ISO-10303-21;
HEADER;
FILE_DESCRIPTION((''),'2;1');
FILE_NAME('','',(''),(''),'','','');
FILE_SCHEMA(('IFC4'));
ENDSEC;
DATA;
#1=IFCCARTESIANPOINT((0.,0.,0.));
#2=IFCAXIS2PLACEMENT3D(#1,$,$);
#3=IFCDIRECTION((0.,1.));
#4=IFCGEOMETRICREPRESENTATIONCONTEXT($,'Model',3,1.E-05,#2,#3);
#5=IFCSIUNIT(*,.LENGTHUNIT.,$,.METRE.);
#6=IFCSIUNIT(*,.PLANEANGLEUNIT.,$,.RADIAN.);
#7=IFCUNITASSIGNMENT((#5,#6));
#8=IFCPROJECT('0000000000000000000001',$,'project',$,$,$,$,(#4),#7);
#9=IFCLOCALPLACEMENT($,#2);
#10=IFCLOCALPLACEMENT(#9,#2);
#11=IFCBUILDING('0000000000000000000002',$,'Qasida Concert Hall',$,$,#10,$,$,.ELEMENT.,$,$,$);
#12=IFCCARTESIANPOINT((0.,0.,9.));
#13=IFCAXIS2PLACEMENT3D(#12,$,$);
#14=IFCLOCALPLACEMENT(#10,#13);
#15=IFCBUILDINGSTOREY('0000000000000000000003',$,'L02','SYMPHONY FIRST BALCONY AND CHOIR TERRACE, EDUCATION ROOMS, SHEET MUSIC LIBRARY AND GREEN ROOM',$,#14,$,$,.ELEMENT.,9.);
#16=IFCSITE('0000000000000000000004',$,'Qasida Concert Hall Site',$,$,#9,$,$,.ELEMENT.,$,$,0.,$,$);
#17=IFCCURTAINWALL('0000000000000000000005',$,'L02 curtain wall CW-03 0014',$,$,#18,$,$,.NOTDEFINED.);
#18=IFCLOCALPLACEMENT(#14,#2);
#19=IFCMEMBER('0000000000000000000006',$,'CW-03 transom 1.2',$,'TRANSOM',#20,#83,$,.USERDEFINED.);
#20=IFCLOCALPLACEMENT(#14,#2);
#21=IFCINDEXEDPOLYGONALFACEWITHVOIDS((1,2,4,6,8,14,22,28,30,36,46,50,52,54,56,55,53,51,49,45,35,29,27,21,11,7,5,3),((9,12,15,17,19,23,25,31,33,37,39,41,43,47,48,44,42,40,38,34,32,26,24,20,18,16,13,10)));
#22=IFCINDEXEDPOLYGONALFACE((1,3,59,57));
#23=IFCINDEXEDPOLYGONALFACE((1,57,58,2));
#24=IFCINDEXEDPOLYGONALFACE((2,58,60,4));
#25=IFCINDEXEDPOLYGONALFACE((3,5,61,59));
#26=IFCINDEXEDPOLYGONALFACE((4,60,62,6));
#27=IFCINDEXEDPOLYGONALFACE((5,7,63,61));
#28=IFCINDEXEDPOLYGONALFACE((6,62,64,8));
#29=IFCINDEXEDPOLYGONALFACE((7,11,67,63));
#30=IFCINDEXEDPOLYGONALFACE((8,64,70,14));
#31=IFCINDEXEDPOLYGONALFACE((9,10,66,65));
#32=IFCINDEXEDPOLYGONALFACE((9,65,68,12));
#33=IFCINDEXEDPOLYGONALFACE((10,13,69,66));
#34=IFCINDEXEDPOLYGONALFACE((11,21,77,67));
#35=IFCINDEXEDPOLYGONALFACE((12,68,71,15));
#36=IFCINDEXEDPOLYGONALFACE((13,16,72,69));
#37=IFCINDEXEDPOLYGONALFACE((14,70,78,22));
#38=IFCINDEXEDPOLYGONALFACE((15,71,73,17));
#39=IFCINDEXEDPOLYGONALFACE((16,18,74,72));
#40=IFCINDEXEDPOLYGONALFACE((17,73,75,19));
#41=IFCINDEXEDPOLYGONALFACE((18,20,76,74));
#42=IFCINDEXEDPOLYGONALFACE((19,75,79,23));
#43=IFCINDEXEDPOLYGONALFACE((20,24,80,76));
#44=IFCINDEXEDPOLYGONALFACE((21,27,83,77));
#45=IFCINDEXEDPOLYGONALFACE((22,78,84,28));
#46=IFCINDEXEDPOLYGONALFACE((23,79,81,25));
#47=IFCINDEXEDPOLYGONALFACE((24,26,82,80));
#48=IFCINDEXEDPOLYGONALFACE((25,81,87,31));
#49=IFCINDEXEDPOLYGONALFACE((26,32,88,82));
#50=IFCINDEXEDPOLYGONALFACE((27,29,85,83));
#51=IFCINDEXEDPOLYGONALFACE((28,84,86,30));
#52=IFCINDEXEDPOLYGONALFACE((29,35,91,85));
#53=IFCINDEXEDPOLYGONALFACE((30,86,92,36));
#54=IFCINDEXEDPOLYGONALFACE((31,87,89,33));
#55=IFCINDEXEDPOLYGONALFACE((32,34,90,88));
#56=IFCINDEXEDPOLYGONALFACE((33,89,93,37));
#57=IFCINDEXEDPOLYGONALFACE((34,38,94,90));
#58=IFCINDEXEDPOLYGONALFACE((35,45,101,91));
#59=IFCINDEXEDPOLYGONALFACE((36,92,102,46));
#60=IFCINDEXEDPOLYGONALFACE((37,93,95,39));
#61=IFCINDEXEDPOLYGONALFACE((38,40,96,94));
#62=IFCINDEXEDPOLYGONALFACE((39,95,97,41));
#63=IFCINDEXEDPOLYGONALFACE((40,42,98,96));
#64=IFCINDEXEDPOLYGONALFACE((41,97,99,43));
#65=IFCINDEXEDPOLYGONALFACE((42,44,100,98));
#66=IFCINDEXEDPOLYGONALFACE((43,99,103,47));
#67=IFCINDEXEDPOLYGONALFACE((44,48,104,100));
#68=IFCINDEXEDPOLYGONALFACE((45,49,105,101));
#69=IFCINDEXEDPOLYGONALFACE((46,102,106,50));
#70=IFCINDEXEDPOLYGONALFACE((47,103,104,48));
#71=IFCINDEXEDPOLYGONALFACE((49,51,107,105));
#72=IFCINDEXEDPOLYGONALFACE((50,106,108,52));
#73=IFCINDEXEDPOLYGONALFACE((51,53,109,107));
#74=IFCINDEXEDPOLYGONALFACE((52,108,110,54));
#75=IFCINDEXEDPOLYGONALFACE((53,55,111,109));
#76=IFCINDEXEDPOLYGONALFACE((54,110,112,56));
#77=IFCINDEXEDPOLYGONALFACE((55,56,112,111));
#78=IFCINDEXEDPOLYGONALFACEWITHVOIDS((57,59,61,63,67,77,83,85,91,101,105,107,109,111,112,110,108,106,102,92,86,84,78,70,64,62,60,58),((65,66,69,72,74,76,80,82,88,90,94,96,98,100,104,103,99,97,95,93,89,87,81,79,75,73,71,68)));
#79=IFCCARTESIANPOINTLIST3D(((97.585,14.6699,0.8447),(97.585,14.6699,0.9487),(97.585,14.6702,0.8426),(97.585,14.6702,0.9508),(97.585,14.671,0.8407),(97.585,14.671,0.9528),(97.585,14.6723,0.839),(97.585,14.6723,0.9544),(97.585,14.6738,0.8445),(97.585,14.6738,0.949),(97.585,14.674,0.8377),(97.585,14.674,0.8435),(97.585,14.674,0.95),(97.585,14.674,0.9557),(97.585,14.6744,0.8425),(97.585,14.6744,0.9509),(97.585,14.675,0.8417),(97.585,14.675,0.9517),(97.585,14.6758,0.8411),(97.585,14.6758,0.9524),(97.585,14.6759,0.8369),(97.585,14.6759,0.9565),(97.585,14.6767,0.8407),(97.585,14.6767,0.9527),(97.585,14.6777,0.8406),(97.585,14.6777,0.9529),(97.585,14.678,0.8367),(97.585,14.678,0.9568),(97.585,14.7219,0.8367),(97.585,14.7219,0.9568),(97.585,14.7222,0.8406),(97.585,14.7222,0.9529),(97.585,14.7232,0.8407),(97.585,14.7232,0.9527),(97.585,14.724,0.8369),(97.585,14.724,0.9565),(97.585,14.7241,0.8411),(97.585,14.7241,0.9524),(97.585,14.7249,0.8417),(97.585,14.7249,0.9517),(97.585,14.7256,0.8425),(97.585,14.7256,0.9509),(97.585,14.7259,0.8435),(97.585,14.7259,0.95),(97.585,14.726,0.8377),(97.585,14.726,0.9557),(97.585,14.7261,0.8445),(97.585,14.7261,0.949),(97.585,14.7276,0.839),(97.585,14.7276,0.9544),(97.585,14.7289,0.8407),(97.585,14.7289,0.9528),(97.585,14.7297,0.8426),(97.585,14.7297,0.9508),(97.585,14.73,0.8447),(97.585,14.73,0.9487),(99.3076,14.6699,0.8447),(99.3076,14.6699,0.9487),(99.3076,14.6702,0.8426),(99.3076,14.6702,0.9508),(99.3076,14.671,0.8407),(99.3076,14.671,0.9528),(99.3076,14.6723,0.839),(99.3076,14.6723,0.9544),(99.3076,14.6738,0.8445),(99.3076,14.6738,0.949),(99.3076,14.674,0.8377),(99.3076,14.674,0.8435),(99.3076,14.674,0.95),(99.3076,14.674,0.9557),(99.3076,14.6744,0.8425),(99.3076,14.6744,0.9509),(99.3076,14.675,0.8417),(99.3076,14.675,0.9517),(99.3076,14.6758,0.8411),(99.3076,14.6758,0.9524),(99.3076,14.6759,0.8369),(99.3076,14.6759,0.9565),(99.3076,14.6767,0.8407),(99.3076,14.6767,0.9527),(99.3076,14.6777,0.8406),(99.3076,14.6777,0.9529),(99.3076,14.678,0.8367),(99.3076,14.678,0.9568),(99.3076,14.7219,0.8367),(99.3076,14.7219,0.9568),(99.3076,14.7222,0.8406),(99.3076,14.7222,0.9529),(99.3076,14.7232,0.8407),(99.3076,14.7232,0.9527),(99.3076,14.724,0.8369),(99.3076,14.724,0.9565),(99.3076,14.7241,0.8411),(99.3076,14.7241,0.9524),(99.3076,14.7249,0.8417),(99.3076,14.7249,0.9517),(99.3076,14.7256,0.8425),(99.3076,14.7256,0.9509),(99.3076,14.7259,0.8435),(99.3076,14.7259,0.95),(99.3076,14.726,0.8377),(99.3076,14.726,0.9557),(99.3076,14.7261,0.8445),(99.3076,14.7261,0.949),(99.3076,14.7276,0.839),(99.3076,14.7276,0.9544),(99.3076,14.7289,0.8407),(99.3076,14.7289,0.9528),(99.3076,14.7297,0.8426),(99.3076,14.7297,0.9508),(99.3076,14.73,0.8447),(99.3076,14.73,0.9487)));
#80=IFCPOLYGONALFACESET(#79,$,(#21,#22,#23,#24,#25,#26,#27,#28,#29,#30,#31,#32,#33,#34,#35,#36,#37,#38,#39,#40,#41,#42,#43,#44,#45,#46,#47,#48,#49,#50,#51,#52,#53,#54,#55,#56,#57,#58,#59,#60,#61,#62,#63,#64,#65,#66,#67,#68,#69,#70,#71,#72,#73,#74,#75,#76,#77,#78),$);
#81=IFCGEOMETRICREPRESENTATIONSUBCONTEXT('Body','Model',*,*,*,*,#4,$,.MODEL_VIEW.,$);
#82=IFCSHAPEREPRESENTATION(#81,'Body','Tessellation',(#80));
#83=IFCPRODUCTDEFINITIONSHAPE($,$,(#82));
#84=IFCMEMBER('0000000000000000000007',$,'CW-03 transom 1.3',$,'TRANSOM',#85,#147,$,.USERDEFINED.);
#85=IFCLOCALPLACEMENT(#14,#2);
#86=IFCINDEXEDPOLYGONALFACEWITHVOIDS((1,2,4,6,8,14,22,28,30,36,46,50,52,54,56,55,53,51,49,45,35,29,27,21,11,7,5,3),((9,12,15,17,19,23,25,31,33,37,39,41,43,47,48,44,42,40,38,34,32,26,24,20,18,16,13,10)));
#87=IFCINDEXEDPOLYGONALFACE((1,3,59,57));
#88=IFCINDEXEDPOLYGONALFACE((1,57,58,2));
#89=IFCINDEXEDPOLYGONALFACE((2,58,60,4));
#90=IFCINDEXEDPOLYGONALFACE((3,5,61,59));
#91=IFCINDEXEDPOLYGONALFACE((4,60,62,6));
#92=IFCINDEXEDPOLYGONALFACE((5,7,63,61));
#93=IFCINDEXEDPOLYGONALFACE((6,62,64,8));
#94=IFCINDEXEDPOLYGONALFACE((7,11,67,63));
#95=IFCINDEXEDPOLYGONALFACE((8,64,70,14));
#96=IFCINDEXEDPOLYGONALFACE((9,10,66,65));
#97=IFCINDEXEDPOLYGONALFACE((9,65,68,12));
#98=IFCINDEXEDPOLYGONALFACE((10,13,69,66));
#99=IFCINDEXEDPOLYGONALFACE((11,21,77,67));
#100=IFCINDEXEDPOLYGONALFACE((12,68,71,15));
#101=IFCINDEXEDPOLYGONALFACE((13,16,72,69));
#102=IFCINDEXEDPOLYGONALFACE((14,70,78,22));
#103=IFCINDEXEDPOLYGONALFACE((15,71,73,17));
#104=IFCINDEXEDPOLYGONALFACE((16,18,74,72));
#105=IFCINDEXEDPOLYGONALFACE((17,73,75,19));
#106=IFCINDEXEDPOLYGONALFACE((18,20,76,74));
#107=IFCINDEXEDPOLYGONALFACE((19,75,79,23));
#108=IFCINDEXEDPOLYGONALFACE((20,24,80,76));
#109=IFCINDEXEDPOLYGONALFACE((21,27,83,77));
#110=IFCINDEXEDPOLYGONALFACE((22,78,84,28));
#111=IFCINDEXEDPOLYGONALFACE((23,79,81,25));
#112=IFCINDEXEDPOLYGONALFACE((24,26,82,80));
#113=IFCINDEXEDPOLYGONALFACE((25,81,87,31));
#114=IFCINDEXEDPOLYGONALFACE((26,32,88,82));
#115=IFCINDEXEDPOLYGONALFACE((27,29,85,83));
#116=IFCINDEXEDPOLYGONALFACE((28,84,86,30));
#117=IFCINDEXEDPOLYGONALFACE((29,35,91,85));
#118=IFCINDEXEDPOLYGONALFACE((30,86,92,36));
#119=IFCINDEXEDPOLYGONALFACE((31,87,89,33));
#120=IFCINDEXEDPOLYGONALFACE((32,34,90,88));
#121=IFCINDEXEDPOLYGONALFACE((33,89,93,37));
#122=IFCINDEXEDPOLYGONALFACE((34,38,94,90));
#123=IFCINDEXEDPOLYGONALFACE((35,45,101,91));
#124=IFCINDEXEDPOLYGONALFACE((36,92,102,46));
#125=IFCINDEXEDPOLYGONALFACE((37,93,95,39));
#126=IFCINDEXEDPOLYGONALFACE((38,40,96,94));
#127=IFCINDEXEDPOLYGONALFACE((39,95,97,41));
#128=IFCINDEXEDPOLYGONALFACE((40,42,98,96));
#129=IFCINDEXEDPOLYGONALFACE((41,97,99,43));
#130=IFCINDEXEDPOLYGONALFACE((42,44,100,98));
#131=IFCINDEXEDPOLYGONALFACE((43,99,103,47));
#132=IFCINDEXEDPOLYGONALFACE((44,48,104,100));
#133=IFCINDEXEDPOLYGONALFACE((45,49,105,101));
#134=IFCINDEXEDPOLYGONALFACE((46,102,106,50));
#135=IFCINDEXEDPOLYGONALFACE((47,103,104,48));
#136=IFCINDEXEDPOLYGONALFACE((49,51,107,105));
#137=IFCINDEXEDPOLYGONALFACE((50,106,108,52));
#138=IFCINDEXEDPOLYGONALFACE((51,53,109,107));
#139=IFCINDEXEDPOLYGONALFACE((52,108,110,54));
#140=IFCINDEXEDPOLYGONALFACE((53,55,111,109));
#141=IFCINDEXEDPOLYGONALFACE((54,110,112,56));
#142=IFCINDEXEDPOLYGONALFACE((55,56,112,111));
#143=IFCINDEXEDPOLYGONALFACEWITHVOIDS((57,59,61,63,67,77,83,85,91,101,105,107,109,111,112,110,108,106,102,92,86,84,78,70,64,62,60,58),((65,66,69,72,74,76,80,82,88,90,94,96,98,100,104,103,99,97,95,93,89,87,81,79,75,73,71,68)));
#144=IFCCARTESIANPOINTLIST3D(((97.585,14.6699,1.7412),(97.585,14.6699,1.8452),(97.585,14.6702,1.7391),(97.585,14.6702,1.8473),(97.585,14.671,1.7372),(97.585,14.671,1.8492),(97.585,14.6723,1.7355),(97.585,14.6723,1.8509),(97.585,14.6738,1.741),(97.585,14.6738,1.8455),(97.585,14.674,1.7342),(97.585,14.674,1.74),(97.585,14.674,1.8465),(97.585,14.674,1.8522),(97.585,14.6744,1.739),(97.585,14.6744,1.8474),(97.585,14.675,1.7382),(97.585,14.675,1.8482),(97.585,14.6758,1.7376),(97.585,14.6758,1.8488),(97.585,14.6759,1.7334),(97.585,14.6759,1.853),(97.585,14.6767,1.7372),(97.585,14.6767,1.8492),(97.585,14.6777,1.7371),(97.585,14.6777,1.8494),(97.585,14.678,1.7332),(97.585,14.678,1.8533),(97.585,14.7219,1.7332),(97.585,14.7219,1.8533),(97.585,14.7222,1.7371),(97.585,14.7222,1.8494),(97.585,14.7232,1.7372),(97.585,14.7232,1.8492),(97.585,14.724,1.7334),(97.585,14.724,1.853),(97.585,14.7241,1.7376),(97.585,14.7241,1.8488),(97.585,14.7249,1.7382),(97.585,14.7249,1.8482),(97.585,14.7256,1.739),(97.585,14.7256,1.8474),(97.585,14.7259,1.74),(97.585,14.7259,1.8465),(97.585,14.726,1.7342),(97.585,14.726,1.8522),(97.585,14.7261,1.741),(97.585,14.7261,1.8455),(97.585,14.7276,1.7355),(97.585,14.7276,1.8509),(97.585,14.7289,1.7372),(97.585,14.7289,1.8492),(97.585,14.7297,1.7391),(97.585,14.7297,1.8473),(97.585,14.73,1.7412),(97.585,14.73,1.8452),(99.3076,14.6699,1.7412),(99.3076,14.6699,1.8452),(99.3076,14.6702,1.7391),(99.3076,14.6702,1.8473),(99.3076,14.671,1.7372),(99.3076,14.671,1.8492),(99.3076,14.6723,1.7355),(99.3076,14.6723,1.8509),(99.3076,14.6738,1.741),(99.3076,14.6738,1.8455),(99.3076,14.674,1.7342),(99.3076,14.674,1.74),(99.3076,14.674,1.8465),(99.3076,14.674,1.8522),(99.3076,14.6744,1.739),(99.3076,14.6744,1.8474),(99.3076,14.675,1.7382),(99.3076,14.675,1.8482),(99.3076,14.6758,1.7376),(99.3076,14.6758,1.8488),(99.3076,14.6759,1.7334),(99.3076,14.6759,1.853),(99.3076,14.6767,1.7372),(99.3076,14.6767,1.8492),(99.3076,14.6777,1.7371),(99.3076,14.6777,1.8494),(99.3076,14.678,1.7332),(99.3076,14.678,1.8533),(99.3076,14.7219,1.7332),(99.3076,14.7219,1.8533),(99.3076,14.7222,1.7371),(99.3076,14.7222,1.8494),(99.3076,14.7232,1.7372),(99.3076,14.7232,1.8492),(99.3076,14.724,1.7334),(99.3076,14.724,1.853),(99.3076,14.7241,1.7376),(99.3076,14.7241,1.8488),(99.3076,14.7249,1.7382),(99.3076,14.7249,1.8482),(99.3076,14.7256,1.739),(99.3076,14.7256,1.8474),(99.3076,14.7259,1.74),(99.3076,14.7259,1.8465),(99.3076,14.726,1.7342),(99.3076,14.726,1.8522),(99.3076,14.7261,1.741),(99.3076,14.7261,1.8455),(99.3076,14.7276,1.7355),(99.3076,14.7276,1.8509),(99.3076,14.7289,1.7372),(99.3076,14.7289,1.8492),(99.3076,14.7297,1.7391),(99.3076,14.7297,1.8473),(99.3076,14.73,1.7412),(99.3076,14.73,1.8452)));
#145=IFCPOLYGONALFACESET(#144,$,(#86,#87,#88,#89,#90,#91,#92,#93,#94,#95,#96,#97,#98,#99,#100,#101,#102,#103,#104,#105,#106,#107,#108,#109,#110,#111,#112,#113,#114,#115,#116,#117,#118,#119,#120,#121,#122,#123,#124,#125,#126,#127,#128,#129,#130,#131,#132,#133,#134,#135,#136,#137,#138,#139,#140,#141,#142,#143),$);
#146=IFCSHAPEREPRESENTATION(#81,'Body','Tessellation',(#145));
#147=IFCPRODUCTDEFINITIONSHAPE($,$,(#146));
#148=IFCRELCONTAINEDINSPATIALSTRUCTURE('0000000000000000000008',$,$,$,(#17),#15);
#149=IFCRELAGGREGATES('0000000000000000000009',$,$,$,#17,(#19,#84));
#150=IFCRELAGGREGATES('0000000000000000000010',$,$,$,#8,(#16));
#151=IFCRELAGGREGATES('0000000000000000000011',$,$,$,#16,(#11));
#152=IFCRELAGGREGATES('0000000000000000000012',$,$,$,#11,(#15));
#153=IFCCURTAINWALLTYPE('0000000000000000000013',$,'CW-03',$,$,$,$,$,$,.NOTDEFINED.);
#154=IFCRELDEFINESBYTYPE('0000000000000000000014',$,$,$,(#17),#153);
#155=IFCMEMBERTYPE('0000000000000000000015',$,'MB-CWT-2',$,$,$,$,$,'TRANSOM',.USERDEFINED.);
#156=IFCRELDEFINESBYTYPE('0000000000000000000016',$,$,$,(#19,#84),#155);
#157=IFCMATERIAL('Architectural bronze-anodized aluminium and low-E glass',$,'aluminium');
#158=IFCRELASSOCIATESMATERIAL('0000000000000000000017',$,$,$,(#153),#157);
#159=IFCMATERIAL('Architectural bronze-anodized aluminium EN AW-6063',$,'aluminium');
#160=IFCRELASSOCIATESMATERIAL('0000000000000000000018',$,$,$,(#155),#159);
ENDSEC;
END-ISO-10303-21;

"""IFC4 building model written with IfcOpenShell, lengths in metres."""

from ifc_helpers import new_model, si_unit, direction, frame, origin, origin_2d, place, context, subcontext, project, spatial, hollow_rectangle, extrude, material, material_profile, profile_set, type_object, element, aggregate, save


model = new_model("IFC4")

# Units and contexts
model_context = context("Model", 3, precision=1e-05, world=origin(), true_north=direction((0.0, 1.0)))
body_context = subcontext(model_context, "Body", "Model", "MODEL_VIEW")
ifc_project = project(units=[si_unit("LENGTHUNIT", "METRE"), si_unit("PLANEANGLEUNIT", "RADIAN")], contexts=[model_context])

# Site, building, storey
site_placement = place(None, origin())
site = spatial("IfcSite", under=ifc_project, at=site_placement, Name="Qasida Concert Hall Site", CompositionType="ELEMENT", RefElevation=0.0)
building_placement = place(site_placement, origin())
building = spatial("IfcBuilding", under=site, at=building_placement, Name="Qasida Concert Hall", CompositionType="ELEMENT")
storey_placement = place(building_placement, frame((0.0, 0.0, 9.0)))
storey = spatial("IfcBuildingStorey", under=building, at=storey_placement, Name="L02", Description="SYMPHONY FIRST BALCONY AND CHOIR TERRACE, EDUCATION ROOMS, SHEET MUSIC LIBRARY AND GREEN ROOM", CompositionType="ELEMENT", Elevation=9.0)

# Shared definitions
ifc_material_1 = material(Name="Architectural bronze-anodized aluminium and low-E glass", Category="aluminium")
curtain_wall_type = type_object("IfcCurtainWallType", Name="CW-03", PredefinedType="NOTDEFINED", material=ifc_material_1)
ifc_material_2 = material(Name="Architectural bronze-anodized aluminium EN AW-6063", Category="aluminium")

# Curtain wall
curtain_wall_1_placement = place(storey_placement, origin())
curtain_wall_1 = element("IfcCurtainWall", 1, at=curtain_wall_1_placement, inside=storey, type_object=curtain_wall_type, Name="L02 curtain wall CW-03 0014", PredefinedType="NOTDEFINED")

# Members
ifc_material_profile_1 = material_profile(ifc_material_2, hollow_rectangle(XDim=0.0601, YDim=0.1201, WallThickness=0.0039, InnerFilletRadius=0.0039, OuterFilletRadius=0.0081, at=origin_2d()), Name="CWT 120x60x4")
ifc_profile_set_1 = profile_set([ifc_material_profile_1], Name="Architectural bronze-anodized aluminium EN AW-6063")
member_type_1 = type_object("IfcMemberType", Name="MB-CWT-2", ElementType="TRANSOM", PredefinedType="USERDEFINED", material=ifc_profile_set_1)
member_1_placement = place(storey_placement, frame((97.585, 14.7, 0.8967), z_axis=(1.0, 0.0, 0.0), x_axis=(0.0, 1.0, 0.0)))
member_1 = element("IfcMember", 2, at=member_1_placement, type_object=member_type_1, Name="CW-03 transom 1.2", ObjectType="TRANSOM", PredefinedType="USERDEFINED", context=body_context, shape_type="SweptSolid", body=[
    extrude(hollow_rectangle(XDim=0.0601, YDim=0.1201, WallThickness=0.0039, InnerFilletRadius=0.0039, OuterFilletRadius=0.0081, at=origin_2d()), origin(), (0.0, 0.0, 1.0), 1.7227),
])
member_2_placement = place(storey_placement, frame((97.585, 14.7, 1.7932), z_axis=(1.0, 0.0, 0.0), x_axis=(0.0, 1.0, 0.0)))
member_2 = element("IfcMember", 3, at=member_2_placement, type_object=member_type_1, Name="CW-03 transom 1.3", ObjectType="TRANSOM", PredefinedType="USERDEFINED", context=body_context, shape_type="SweptSolid", body=[
    extrude(hollow_rectangle(XDim=0.0601, YDim=0.1201, WallThickness=0.0039, InnerFilletRadius=0.0039, OuterFilletRadius=0.0081, at=origin_2d()), origin(), (0.0, 0.0, 1.0), 1.7227),
])
aggregate(curtain_wall_1, [member_1, member_2])

save(model, "model.ifc")
